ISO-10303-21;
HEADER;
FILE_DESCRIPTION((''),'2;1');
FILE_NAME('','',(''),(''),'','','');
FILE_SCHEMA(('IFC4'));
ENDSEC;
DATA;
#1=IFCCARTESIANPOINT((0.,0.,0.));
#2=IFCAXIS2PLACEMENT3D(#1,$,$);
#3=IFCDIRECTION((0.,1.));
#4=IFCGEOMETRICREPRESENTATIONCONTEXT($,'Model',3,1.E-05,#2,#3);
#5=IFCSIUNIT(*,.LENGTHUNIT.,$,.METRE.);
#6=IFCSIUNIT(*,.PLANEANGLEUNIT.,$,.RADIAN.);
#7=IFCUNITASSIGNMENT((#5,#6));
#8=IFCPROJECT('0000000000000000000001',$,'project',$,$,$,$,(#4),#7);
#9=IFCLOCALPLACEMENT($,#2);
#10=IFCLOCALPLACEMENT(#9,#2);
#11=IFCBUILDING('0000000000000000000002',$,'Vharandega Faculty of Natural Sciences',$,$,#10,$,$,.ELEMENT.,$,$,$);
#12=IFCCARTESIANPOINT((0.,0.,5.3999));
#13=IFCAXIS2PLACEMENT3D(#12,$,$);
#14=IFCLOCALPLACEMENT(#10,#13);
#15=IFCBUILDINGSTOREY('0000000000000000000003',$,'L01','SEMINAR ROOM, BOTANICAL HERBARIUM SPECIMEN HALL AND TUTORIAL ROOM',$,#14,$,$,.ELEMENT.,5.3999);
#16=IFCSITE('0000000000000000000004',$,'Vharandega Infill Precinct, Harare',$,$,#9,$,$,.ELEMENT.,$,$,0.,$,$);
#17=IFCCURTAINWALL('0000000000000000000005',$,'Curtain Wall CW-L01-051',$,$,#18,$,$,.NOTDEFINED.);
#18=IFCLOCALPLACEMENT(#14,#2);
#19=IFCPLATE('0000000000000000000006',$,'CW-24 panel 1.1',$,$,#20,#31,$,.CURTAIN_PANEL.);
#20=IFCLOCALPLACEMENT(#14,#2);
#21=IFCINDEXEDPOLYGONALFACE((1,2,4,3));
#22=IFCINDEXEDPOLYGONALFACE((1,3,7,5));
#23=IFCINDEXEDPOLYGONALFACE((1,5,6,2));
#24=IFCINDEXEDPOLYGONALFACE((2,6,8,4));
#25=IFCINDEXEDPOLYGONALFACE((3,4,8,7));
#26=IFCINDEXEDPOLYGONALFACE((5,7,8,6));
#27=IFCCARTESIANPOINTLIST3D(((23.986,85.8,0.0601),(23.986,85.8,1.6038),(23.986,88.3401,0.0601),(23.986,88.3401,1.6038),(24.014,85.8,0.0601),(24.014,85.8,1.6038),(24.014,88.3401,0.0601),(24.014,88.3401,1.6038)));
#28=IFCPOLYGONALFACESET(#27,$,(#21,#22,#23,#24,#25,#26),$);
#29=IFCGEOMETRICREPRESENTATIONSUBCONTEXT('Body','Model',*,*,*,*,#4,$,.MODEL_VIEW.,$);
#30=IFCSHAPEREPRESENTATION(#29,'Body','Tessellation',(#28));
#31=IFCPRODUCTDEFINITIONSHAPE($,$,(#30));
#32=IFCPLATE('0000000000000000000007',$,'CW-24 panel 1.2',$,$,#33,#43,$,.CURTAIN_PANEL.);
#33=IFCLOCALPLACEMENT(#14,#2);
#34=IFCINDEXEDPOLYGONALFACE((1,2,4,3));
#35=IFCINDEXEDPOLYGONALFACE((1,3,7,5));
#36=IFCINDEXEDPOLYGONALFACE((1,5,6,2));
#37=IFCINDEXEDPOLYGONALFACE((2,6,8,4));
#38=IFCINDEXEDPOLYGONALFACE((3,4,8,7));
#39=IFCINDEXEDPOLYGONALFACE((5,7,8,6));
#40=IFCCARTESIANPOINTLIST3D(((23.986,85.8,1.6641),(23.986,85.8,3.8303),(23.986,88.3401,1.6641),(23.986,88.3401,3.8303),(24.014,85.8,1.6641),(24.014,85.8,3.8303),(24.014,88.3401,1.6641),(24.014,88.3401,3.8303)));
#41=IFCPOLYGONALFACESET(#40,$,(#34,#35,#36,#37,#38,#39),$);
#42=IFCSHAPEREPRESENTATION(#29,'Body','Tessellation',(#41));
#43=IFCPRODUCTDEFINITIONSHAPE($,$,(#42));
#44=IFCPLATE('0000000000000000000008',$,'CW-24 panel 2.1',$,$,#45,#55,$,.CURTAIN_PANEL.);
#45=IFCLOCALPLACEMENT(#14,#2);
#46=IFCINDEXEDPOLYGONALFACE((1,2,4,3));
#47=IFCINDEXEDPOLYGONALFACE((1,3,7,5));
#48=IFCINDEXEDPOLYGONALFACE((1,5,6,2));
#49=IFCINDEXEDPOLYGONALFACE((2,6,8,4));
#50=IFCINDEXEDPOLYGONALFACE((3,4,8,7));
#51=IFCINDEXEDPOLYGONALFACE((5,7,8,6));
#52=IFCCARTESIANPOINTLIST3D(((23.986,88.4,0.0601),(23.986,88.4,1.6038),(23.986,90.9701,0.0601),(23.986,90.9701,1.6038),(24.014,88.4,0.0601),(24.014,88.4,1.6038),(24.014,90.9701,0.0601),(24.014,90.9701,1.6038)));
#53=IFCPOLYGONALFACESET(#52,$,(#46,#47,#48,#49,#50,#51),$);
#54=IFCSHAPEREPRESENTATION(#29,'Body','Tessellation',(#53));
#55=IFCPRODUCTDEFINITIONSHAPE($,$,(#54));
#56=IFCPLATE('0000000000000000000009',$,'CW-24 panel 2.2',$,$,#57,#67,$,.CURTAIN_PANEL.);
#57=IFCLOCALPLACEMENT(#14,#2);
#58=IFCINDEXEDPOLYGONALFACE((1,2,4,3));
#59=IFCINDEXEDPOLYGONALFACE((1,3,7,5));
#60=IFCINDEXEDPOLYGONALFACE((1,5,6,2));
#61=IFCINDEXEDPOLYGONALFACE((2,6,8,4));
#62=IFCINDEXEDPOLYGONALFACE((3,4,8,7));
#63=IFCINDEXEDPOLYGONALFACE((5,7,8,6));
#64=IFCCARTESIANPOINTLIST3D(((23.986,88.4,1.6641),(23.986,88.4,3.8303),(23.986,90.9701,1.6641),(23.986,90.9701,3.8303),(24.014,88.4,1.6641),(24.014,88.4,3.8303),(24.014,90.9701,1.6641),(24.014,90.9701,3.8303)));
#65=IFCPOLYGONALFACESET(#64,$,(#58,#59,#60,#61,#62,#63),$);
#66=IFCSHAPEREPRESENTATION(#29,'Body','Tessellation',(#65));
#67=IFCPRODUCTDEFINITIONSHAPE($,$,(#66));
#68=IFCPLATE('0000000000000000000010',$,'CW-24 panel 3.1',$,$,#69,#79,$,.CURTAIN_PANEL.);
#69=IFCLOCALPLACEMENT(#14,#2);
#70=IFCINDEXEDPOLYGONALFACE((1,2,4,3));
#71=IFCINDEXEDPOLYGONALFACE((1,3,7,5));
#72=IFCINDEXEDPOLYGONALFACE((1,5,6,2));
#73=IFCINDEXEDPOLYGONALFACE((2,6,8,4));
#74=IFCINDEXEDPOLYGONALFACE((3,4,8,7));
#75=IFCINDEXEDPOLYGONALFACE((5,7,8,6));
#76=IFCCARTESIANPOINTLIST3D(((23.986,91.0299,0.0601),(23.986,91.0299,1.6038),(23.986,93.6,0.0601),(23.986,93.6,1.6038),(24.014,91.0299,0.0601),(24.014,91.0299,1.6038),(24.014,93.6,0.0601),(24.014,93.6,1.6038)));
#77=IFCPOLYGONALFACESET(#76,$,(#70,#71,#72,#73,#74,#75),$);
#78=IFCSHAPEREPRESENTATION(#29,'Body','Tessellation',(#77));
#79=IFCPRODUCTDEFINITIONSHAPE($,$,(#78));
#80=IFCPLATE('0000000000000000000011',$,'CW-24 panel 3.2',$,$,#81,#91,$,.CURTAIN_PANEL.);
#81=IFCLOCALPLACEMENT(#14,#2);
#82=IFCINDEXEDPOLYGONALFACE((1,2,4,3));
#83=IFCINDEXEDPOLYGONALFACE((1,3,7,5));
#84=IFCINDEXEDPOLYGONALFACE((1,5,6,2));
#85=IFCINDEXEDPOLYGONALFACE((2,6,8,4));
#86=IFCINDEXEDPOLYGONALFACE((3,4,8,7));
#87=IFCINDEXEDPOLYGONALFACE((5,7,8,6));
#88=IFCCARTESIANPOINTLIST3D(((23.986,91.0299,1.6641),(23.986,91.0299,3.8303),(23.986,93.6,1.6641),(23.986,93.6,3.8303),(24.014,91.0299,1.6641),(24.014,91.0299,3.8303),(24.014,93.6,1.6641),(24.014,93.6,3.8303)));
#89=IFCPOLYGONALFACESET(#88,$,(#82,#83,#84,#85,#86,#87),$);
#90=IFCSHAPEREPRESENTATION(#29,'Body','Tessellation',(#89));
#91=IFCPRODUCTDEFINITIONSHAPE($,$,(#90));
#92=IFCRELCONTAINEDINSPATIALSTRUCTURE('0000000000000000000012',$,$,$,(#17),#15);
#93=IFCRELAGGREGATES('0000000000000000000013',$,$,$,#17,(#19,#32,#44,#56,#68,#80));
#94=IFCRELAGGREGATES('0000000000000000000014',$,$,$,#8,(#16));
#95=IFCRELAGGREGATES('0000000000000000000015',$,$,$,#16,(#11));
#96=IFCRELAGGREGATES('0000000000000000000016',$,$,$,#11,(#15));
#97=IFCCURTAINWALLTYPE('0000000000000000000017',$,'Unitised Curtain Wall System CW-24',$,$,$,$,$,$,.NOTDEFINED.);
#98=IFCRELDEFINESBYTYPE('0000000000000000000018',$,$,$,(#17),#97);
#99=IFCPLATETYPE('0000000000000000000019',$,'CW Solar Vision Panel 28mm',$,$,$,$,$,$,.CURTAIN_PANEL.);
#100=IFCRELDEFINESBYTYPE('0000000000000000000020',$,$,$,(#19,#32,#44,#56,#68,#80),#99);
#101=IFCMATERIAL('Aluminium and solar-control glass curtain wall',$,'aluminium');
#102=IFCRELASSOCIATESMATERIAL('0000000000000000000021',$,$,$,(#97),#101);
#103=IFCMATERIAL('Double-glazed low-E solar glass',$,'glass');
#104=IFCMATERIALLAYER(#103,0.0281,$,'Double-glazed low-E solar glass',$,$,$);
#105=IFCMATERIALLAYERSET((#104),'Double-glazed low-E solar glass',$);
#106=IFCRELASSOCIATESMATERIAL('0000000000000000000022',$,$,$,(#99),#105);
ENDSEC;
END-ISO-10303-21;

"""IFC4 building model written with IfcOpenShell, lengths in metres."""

from ifc_helpers import new_model, si_unit, direction, frame, origin, origin_2d, place, context, subcontext, project, spatial, rectangle, extrude, material, layer, layer_set, type_object, element, aggregate, save


model = new_model("IFC4")

# Units and contexts
model_context = context("Model", 3, precision=1e-05, world=origin(), true_north=direction((0.0, 1.0)))
body_context = subcontext(model_context, "Body", "Model", "MODEL_VIEW")
ifc_project = project(units=[si_unit("LENGTHUNIT", "METRE"), si_unit("PLANEANGLEUNIT", "RADIAN")], contexts=[model_context])

# Site, building, storey
site_placement = place(None, origin())
site = spatial("IfcSite", under=ifc_project, at=site_placement, Name="Vharandega Infill Precinct, Harare", CompositionType="ELEMENT", RefElevation=0.0)
building_placement = place(site_placement, origin())
building = spatial("IfcBuilding", under=site, at=building_placement, Name="Vharandega Faculty of Natural Sciences", CompositionType="ELEMENT")
storey_placement = place(building_placement, frame((0.0, 0.0, 5.3999)))
storey = spatial("IfcBuildingStorey", under=building, at=storey_placement, Name="L01", Description="SEMINAR ROOM, BOTANICAL HERBARIUM SPECIMEN HALL AND TUTORIAL ROOM", CompositionType="ELEMENT", Elevation=5.3999)

# Curtain wall, plates
ifc_material_1 = material(Name="Aluminium and solar-control glass curtain wall", Category="aluminium")
curtain_wall_type = type_object("IfcCurtainWallType", Name="Unitised Curtain Wall System CW-24", PredefinedType="NOTDEFINED", material=ifc_material_1)
curtain_wall_placement = place(storey_placement, origin())
curtain_wall = element("IfcCurtainWall", 1, at=curtain_wall_placement, inside=storey, type_object=curtain_wall_type, Name="Curtain Wall CW-L01-051", PredefinedType="NOTDEFINED")
ifc_material_2 = material(Name="Double-glazed low-E solar glass", Category="glass")
ifc_layer = layer(ifc_material_2, 0.0281, Name="Double-glazed low-E solar glass")
ifc_layer_set = layer_set([ifc_layer], Name="Double-glazed low-E solar glass")
plate_type = type_object("IfcPlateType", Name="CW Solar Vision Panel 28mm", PredefinedType="CURTAIN_PANEL", material=ifc_layer_set)
plate_1_placement = place(storey_placement, frame((24.0, 87.0701, 0.0601), z_axis=(0.0, 0.0, 1.0), x_axis=(0.0, 1.0, 0.0)))
plate_1 = element("IfcPlate", 2, at=plate_1_placement, type_object=plate_type, Name="CW-24 panel 1.1", PredefinedType="CURTAIN_PANEL", context=body_context, shape_type="SweptSolid", body=[
    extrude(rectangle(XDim=2.54, YDim=0.0281, at=origin_2d()), origin(), (0.0, 0.0, 1.0), 1.5437),
])
plate_2_placement = place(storey_placement, frame((24.0, 87.0701, 1.6641), z_axis=(0.0, 0.0, 1.0), x_axis=(0.0, 1.0, 0.0)))
plate_2 = element("IfcPlate", 3, at=plate_2_placement, type_object=plate_type, Name="CW-24 panel 1.2", PredefinedType="CURTAIN_PANEL", context=body_context, shape_type="SweptSolid", body=[
    extrude(rectangle(XDim=2.54, YDim=0.0281, at=origin_2d()), origin(), (0.0, 0.0, 1.0), 2.1663),
])
plate_3_placement = place(storey_placement, frame((24.0, 89.6851, 0.0601), z_axis=(0.0, 0.0, 1.0), x_axis=(0.0, 1.0, 0.0)))
plate_3 = element("IfcPlate", 4, at=plate_3_placement, type_object=plate_type, Name="CW-24 panel 2.1", PredefinedType="CURTAIN_PANEL", context=body_context, shape_type="SweptSolid", body=[
    extrude(rectangle(XDim=2.5701, YDim=0.0281, at=origin_2d()), origin(), (0.0, 0.0, 1.0), 1.5437),
])
plate_4_placement = place(storey_placement, frame((24.0, 89.6851, 1.6641), z_axis=(0.0, 0.0, 1.0), x_axis=(0.0, 1.0, 0.0)))
plate_4 = element("IfcPlate", 5, at=plate_4_placement, type_object=plate_type, Name="CW-24 panel 2.2", PredefinedType="CURTAIN_PANEL", context=body_context, shape_type="SweptSolid", body=[
    extrude(rectangle(XDim=2.5701, YDim=0.0281, at=origin_2d()), origin(), (0.0, 0.0, 1.0), 2.1663),
])
plate_5_placement = place(storey_placement, frame((24.0, 92.3149, 0.0601), z_axis=(0.0, 0.0, 1.0), x_axis=(0.0, 1.0, 0.0)))
plate_5 = element("IfcPlate", 6, at=plate_5_placement, type_object=plate_type, Name="CW-24 panel 3.1", PredefinedType="CURTAIN_PANEL", context=body_context, shape_type="SweptSolid", body=[
    extrude(rectangle(XDim=2.5701, YDim=0.0281, at=origin_2d()), origin(), (0.0, 0.0, 1.0), 1.5437),
])
plate_6_placement = place(storey_placement, frame((24.0, 92.3149, 1.6641), z_axis=(0.0, 0.0, 1.0), x_axis=(0.0, 1.0, 0.0)))
plate_6 = element("IfcPlate", 7, at=plate_6_placement, type_object=plate_type, Name="CW-24 panel 3.2", PredefinedType="CURTAIN_PANEL", context=body_context, shape_type="SweptSolid", body=[
    extrude(rectangle(XDim=2.5701, YDim=0.0281, at=origin_2d()), origin(), (0.0, 0.0, 1.0), 2.1663),
])
aggregate(curtain_wall, [plate_1, plate_2, plate_3, plate_4, plate_5, plate_6])

save(model, "model.ifc")
